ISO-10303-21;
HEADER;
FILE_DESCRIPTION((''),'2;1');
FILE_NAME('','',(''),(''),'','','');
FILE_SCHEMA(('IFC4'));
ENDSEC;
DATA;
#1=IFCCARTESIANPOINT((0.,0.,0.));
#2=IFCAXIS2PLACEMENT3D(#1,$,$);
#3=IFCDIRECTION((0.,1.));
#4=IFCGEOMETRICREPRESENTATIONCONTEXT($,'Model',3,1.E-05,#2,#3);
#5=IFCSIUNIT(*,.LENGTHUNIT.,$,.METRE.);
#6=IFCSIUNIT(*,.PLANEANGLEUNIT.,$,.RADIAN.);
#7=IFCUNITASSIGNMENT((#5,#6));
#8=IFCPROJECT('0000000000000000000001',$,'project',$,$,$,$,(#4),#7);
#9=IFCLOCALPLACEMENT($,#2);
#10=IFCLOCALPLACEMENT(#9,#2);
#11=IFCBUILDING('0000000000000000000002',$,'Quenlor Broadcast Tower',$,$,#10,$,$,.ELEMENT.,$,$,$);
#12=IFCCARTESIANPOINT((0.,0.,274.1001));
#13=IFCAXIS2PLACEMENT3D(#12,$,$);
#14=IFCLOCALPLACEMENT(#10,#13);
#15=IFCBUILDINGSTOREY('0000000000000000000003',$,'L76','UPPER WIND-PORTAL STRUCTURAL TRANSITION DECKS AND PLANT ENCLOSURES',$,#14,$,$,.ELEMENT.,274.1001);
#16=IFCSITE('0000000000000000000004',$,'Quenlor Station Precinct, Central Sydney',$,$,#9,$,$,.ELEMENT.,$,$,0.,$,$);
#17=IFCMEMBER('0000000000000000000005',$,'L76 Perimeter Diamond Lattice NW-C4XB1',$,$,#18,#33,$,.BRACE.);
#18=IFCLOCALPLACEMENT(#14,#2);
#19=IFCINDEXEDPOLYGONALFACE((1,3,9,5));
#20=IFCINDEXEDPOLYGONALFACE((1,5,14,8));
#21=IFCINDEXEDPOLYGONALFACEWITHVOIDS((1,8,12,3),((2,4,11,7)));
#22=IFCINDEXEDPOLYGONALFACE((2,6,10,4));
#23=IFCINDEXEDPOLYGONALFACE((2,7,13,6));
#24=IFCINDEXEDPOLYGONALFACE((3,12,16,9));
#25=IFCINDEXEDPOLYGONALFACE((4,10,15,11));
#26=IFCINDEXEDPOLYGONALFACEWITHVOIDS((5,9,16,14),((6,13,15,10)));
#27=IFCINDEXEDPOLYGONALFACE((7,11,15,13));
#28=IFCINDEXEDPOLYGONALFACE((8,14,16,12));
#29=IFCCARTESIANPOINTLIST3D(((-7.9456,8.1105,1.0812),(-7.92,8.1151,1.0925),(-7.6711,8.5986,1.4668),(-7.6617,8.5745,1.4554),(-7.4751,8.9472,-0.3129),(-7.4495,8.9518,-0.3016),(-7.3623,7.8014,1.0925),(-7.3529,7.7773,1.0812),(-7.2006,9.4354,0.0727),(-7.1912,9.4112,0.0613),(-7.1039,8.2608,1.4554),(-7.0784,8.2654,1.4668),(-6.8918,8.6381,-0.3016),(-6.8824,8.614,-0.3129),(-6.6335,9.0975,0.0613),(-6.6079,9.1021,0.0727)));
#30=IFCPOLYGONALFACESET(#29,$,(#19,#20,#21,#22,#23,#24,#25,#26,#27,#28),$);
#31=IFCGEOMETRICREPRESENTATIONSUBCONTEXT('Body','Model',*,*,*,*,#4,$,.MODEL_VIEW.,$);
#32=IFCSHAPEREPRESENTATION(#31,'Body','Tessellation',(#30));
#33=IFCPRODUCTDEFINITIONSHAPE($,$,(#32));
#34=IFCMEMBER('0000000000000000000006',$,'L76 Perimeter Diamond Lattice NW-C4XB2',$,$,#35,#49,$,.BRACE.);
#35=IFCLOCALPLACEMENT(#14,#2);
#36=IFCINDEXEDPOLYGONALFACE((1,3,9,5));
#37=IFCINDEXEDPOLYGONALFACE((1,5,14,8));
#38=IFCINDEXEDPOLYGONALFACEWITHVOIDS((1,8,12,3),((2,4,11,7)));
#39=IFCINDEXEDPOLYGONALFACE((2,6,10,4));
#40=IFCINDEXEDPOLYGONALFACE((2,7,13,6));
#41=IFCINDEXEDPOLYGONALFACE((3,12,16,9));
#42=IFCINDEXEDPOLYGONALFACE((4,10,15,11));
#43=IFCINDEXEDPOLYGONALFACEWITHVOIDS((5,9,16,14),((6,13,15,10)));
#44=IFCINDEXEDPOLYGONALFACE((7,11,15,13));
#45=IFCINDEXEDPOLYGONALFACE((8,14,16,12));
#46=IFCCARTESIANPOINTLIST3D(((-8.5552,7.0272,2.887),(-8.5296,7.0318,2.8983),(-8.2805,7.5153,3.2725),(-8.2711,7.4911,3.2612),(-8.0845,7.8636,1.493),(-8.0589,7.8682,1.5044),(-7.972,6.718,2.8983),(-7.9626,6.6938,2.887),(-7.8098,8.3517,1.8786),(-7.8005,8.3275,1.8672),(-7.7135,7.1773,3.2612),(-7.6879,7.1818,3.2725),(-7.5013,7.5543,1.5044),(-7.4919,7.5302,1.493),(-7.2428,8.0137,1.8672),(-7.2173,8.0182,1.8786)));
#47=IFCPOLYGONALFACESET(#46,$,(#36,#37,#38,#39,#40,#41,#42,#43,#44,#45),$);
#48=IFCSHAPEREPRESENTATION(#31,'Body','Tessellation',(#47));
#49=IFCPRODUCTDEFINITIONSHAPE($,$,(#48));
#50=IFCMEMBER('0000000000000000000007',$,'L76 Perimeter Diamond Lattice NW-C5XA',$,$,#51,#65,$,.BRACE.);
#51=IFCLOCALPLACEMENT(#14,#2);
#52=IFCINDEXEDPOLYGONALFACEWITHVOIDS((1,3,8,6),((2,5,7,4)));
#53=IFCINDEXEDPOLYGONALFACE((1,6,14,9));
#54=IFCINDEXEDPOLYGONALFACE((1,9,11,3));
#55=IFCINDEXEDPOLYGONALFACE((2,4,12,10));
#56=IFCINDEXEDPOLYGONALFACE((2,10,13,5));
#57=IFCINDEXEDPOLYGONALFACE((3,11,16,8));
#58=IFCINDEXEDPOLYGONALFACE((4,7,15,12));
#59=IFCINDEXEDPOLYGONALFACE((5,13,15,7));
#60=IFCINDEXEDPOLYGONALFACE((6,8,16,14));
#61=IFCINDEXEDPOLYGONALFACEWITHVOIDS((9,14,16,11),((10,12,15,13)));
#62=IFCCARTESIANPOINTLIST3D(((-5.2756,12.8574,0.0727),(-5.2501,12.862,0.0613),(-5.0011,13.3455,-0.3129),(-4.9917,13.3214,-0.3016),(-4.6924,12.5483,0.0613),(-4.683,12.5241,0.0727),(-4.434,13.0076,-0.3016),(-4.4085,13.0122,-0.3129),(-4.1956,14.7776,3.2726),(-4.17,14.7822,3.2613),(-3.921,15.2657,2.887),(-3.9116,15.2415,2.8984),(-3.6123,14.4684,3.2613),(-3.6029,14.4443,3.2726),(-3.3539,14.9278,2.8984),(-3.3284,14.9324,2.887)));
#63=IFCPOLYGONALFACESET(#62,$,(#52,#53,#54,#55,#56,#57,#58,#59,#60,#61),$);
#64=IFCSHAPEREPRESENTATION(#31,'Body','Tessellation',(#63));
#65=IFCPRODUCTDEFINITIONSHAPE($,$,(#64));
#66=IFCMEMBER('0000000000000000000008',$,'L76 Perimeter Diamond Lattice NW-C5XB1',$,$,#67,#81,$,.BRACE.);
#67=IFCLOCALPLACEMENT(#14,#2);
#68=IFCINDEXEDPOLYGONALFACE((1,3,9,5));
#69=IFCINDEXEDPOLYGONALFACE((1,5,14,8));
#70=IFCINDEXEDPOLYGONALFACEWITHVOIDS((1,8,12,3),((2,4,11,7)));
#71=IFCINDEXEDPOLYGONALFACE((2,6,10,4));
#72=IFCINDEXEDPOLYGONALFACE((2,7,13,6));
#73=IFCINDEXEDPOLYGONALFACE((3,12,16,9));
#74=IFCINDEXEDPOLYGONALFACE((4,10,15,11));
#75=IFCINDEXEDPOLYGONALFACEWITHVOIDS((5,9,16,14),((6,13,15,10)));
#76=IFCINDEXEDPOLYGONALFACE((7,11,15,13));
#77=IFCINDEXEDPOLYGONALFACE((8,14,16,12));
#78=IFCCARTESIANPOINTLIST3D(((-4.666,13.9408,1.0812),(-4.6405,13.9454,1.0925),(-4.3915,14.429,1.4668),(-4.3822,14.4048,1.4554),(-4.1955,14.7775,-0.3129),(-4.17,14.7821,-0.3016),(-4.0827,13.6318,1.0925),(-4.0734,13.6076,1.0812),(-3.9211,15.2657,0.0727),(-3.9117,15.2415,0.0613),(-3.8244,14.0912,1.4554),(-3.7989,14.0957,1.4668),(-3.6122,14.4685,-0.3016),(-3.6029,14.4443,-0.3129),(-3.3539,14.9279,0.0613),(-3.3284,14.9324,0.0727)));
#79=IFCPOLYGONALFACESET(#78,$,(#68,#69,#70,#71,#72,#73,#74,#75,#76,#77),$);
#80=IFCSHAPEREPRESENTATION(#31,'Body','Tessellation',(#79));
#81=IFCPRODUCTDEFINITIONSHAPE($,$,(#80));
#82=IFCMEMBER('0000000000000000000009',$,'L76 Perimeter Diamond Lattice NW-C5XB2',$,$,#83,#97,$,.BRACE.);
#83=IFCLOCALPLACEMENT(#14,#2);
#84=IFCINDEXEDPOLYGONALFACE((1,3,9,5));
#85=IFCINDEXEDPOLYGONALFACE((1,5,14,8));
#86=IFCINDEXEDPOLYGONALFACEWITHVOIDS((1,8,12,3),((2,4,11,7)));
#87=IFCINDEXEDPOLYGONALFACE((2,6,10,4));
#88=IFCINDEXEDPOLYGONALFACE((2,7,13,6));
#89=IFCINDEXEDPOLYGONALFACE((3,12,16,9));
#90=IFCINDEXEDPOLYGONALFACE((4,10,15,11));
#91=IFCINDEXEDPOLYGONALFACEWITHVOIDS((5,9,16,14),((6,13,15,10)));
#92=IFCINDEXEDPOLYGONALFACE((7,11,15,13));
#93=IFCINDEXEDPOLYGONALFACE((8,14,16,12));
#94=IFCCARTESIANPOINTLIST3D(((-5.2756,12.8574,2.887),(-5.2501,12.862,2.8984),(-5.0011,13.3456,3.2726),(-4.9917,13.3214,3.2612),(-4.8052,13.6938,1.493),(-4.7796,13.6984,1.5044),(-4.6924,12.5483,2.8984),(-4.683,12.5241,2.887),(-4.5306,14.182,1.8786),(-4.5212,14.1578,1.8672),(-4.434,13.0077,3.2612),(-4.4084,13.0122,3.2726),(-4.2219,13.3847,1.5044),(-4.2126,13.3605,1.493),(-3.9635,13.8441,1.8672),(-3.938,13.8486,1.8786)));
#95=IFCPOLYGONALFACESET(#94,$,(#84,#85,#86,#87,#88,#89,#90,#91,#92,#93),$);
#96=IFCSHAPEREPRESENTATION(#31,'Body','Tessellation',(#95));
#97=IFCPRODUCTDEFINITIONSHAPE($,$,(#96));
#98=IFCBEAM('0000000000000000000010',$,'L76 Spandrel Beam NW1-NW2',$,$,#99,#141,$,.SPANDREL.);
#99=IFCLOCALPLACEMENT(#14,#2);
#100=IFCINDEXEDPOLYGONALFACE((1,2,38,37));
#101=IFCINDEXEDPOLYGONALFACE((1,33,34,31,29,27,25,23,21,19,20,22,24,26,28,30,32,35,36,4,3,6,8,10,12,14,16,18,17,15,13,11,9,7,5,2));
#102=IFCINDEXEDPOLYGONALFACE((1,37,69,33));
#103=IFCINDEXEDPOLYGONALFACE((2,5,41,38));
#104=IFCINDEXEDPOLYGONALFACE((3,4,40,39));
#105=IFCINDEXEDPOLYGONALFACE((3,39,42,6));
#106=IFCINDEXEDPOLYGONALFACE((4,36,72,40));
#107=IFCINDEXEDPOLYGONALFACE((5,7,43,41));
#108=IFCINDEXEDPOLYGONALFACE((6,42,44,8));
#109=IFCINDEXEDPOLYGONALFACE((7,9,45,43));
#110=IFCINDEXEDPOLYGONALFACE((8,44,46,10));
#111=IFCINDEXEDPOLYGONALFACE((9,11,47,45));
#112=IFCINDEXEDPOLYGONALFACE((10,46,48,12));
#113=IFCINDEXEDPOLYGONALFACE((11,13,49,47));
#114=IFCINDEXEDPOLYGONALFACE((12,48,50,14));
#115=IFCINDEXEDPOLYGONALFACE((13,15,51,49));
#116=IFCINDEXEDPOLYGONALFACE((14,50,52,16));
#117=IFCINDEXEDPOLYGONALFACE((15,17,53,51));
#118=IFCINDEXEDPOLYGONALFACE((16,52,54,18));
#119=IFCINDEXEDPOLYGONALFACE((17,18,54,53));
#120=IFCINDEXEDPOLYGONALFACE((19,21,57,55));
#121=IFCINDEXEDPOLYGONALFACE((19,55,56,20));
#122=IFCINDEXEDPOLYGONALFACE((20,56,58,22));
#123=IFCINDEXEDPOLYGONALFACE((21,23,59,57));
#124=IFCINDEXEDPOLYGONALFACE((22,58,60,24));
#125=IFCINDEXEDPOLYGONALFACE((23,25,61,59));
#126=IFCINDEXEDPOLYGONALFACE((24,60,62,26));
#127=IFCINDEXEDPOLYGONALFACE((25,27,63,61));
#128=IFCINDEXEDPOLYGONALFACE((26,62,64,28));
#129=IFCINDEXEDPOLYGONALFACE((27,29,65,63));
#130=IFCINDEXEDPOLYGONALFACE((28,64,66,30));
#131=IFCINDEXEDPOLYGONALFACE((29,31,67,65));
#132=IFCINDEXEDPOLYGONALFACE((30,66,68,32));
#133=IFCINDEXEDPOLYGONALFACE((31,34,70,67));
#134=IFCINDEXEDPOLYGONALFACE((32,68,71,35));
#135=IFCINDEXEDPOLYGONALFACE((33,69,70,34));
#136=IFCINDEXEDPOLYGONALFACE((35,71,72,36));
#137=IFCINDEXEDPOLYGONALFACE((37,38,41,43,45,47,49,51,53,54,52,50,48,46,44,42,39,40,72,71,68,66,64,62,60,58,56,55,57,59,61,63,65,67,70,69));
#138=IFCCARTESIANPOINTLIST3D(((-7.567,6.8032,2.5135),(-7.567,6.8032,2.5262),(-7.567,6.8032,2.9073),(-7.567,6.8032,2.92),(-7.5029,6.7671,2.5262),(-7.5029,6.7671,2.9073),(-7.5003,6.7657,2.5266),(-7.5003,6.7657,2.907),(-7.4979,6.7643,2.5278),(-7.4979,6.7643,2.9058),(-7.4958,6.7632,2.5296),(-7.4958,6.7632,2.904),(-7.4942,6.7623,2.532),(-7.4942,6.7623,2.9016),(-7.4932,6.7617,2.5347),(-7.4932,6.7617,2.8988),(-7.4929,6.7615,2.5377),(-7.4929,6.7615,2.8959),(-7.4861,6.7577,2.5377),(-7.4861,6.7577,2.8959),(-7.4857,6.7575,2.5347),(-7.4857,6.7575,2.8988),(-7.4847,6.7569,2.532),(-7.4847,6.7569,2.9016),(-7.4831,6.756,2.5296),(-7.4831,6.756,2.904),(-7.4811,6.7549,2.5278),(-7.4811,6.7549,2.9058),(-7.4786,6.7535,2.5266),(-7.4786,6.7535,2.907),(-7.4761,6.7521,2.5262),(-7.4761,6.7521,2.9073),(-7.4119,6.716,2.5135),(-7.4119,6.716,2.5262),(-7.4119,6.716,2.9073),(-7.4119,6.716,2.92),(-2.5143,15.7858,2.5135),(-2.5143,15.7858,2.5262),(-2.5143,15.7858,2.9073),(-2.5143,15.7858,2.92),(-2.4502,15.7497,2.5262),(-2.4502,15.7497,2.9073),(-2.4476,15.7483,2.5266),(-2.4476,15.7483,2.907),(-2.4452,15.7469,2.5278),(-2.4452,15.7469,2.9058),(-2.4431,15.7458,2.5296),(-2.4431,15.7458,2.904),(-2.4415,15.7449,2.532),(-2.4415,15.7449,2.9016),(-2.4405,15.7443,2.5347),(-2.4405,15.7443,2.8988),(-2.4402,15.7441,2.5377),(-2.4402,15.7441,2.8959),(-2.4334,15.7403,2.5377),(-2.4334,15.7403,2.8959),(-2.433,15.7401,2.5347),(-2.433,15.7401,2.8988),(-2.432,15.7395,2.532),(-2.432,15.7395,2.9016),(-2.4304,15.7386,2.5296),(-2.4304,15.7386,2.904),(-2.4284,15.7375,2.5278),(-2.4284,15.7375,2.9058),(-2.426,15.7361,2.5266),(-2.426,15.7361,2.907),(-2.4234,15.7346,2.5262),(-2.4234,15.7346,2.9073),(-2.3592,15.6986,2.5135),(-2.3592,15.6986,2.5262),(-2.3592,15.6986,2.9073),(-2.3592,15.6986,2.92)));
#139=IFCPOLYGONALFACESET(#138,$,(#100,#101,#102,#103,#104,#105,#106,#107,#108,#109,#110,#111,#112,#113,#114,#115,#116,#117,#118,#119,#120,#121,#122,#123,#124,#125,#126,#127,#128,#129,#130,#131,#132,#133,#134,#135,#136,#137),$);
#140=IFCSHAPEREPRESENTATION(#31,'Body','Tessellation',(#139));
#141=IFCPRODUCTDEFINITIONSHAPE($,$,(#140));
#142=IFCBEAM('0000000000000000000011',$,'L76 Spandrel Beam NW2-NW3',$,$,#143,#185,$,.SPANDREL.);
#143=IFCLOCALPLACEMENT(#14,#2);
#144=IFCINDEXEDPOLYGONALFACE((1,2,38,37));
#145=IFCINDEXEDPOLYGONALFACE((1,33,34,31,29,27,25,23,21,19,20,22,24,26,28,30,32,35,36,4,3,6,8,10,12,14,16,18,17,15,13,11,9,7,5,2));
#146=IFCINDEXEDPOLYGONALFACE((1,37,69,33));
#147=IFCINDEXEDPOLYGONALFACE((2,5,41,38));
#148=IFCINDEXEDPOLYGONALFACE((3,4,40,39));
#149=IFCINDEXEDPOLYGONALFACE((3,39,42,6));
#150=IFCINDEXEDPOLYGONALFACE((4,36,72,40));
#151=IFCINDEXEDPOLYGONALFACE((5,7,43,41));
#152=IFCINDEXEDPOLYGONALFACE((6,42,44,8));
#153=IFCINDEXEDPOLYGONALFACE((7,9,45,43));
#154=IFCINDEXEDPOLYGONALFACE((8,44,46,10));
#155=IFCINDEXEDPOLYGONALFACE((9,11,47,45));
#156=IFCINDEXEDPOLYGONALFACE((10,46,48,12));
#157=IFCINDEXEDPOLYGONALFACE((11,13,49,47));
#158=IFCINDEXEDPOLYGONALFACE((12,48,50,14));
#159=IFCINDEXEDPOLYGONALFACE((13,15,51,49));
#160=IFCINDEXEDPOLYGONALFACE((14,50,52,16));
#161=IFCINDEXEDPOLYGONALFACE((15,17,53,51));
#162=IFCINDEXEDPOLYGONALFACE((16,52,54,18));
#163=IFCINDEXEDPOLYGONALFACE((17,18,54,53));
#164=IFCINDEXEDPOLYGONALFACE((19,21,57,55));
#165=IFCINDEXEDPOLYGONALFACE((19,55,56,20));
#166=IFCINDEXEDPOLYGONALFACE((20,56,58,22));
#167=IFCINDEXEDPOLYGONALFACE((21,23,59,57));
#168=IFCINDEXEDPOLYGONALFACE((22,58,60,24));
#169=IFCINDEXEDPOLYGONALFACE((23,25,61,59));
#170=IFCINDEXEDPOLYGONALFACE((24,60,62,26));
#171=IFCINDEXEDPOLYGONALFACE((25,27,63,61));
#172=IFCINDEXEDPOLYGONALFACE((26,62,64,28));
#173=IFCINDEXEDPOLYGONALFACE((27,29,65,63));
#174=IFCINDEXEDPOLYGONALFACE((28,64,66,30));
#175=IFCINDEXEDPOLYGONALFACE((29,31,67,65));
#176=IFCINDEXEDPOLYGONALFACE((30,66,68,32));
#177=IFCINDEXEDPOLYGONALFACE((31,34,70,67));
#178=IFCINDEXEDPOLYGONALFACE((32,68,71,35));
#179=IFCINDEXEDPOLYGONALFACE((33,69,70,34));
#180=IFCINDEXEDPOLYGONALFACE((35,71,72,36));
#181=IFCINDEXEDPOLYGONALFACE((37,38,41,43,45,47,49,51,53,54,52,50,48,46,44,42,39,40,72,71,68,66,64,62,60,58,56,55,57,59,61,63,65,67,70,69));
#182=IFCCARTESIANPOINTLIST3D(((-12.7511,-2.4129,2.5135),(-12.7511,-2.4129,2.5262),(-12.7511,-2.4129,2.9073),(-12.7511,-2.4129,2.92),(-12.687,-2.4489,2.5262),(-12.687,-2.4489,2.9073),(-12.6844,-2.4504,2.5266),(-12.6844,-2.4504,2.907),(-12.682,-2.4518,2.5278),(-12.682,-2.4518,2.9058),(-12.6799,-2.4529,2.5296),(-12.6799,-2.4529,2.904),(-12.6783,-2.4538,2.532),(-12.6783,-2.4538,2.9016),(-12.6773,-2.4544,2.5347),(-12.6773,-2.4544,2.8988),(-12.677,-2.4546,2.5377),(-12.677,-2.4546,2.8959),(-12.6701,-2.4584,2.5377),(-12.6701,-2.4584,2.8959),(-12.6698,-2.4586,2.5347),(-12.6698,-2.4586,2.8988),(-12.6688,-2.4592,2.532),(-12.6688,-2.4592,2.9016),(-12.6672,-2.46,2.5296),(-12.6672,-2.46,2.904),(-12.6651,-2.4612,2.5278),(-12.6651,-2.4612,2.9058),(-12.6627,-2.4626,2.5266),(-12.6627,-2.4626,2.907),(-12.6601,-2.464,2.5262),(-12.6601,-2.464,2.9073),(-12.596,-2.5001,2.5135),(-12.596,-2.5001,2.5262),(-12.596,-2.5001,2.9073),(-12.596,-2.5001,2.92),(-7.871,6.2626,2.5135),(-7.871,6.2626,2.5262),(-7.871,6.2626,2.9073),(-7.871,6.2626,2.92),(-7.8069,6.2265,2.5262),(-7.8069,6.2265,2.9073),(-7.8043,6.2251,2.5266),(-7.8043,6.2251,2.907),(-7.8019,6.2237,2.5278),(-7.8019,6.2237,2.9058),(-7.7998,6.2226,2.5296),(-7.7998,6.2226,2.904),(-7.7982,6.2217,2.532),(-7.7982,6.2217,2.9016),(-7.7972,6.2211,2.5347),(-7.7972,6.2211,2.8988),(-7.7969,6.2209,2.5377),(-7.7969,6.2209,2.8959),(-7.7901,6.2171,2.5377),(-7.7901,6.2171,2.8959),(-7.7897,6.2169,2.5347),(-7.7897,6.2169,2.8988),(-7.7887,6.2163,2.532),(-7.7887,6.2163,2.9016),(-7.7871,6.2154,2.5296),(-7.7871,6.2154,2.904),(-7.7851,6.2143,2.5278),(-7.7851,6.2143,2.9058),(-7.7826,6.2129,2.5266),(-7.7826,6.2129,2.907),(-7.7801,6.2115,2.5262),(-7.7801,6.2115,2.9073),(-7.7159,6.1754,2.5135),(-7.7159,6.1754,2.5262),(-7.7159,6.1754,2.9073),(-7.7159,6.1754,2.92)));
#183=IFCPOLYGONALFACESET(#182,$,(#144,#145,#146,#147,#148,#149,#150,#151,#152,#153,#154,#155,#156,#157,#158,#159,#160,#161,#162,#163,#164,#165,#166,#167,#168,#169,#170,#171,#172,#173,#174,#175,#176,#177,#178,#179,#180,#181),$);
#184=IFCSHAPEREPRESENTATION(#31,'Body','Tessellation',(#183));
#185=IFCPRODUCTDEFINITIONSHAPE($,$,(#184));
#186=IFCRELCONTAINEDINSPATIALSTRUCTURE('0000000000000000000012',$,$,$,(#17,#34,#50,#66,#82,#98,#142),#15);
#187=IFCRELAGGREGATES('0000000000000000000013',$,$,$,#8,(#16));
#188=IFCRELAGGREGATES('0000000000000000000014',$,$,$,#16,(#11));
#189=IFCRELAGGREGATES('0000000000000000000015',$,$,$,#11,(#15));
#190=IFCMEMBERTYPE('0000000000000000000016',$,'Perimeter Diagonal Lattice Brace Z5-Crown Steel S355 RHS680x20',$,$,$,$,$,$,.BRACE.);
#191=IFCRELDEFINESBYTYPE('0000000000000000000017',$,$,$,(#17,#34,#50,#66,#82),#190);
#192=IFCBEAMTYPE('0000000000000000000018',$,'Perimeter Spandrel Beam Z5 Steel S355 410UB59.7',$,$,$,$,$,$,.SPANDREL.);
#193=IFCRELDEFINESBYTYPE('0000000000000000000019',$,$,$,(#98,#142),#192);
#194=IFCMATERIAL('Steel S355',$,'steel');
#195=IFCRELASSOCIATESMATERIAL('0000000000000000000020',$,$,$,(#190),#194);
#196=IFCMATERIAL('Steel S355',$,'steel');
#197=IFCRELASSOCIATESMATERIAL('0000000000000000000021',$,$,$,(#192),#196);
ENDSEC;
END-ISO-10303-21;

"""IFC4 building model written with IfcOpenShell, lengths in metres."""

from ifc_helpers import new_model, si_unit, direction, frame, origin, origin_2d, place, context, subcontext, project, spatial, hollow_rectangle, i_section, extrude, material, material_profile, profile_set, type_object, element, save


model = new_model("IFC4")

# Units and contexts
model_context = context("Model", 3, precision=1e-05, world=origin(), true_north=direction((0.0, 1.0)))
body_context = subcontext(model_context, "Body", "Model", "MODEL_VIEW")
ifc_project = project(units=[si_unit("LENGTHUNIT", "METRE"), si_unit("PLANEANGLEUNIT", "RADIAN")], contexts=[model_context])

# Site, building, storey
site_placement = place(None, origin())
site = spatial("IfcSite", under=ifc_project, at=site_placement, Name="Quenlor Station Precinct, Central Sydney", CompositionType="ELEMENT", RefElevation=0.0)
building_placement = place(site_placement, origin())
building = spatial("IfcBuilding", under=site, at=building_placement, Name="Quenlor Broadcast Tower", CompositionType="ELEMENT")
storey_placement = place(building_placement, frame((0.0, 0.0, 274.1001)))
storey = spatial("IfcBuildingStorey", under=building, at=storey_placement, Name="L76", Description="UPPER WIND-PORTAL STRUCTURAL TRANSITION DECKS AND PLANT ENCLOSURES", CompositionType="ELEMENT", Elevation=274.1001)

# Members
ifc_material_1 = material(Name="Steel S355", Category="steel")
ifc_material_profile_1 = material_profile(ifc_material_1, hollow_rectangle(XDim=0.6799, YDim=0.6799, WallThickness=0.02, at=origin_2d()))
ifc_profile_set_1 = profile_set([ifc_material_profile_1], Name="Steel S355 RHS680x680x20")
member_type_1 = type_object("IfcMemberType", Name="Perimeter Diagonal Lattice Brace Z5-Crown Steel S355 RHS680x20", PredefinedType="BRACE", material=ifc_profile_set_1)
member_1_placement = place(storey_placement, frame((-7.0415, 9.0247, -0.1201), z_axis=(-0.27796, -0.494327, 0.823638), x_axis=(0.87165, -0.490128, 0.0)))
element("IfcMember", 1, at=member_1_placement, inside=storey, type_object=member_type_1, Name="L76 Perimeter Diamond Lattice NW-C4XB1", PredefinedType="BRACE", context=body_context, shape_type="SweptSolid", body=[
    extrude(hollow_rectangle(XDim=0.6799, YDim=0.6799, WallThickness=0.02, at=origin_2d()), origin(), (0.0, 0.0, 1.0), 1.6926),
])
member_2_placement = place(storey_placement, frame((-7.6509, 7.9409, 1.6858), z_axis=(-0.278113, -0.494198, 0.823664), x_axis=(0.87148, -0.49043, 0.0)))
element("IfcMember", 2, at=member_2_placement, inside=storey, type_object=member_type_1, Name="L76 Perimeter Diamond Lattice NW-C4XB2", PredefinedType="BRACE", context=body_context, shape_type="SweptSolid", body=[
    extrude(hollow_rectangle(XDim=0.6799, YDim=0.6799, WallThickness=0.02, at=origin_2d()), origin(), (0.0, 0.0, 1.0), 1.6924),
])
member_3_placement = place(storey_placement, frame((-4.842, 12.9348, -0.1201), z_axis=(0.278012, 0.49425, 0.823666), x_axis=(-0.871578, 0.490256, 0.0)))
element("IfcMember", 3, at=member_3_placement, inside=storey, type_object=member_type_1, Name="L76 Perimeter Diamond Lattice NW-C5XA", PredefinedType="BRACE", context=body_context, shape_type="SweptSolid", body=[
    extrude(hollow_rectangle(XDim=0.6799, YDim=0.6799, WallThickness=0.02, at=origin_2d()), origin(), (0.0, 0.0, 1.0), 3.885),
])
member_4_placement = place(storey_placement, frame((-3.762, 14.855, -0.1201), z_axis=(-0.27796, -0.494327, 0.823638), x_axis=(0.87165, -0.490128, 0.0)))
element("IfcMember", 4, at=member_4_placement, inside=storey, type_object=member_type_1, Name="L76 Perimeter Diamond Lattice NW-C5XB1", PredefinedType="BRACE", context=body_context, shape_type="SweptSolid", body=[
    extrude(hollow_rectangle(XDim=0.6799, YDim=0.6799, WallThickness=0.02, at=origin_2d()), origin(), (0.0, 0.0, 1.0), 1.6926),
])
member_5_placement = place(storey_placement, frame((-4.3716, 13.7712, 1.6858), z_axis=(-0.27798, -0.494218, 0.823697), x_axis=(0.871589, -0.490237, 0.0)))
element("IfcMember", 5, at=member_5_placement, inside=storey, type_object=member_type_1, Name="L76 Perimeter Diamond Lattice NW-C5XB2", PredefinedType="BRACE", context=body_context, shape_type="SweptSolid", body=[
    extrude(hollow_rectangle(XDim=0.6799, YDim=0.6799, WallThickness=0.02, at=origin_2d()), origin(), (0.0, 0.0, 1.0), 1.6924),
])

# Beams
ifc_material_2 = material(Name="Steel S355", Category="steel")
ifc_material_profile_2 = material_profile(ifc_material_2, i_section(OverallWidth=0.178, OverallDepth=0.4065, WebThickness=0.0078, FlangeThickness=0.0127, FilletRadius=0.0115, at=origin_2d()))
ifc_profile_set_2 = profile_set([ifc_material_profile_2], Name="Steel S355 410UB59.7")
beam_type_1 = type_object("IfcBeamType", Name="Perimeter Spandrel Beam Z5 Steel S355 410UB59.7", PredefinedType="SPANDREL", material=ifc_profile_set_2)
beam_1_placement = place(storey_placement, frame((-2.4368, 15.7422, 2.7168), z_axis=(-0.49026, -0.871576, 0.0), x_axis=(0.871576, -0.49026, 0.0)))
element("IfcBeam", 6, at=beam_1_placement, inside=storey, type_object=beam_type_1, Name="L76 Spandrel Beam NW1-NW2", PredefinedType="SPANDREL", context=body_context, shape_type="SweptSolid", body=[
    extrude(i_section(OverallWidth=0.178, OverallDepth=0.4065, WebThickness=0.0078, FlangeThickness=0.0127, FilletRadius=0.0115, at=origin_2d()), origin(), (0.0, 0.0, 1.0), 10.3062),
])
beam_2_placement = place(storey_placement, frame((-7.7935, 6.219, 2.7168), z_axis=(-0.490272, -0.87157, 0.0), x_axis=(0.87157, -0.490272, 0.0)))
element("IfcBeam", 7, at=beam_2_placement, inside=storey, type_object=beam_type_1, Name="L76 Spandrel Beam NW2-NW3", PredefinedType="SPANDREL", context=body_context, shape_type="SweptSolid", body=[
    extrude(i_section(OverallWidth=0.178, OverallDepth=0.4065, WebThickness=0.0078, FlangeThickness=0.0127, FilletRadius=0.0115, at=origin_2d()), origin(), (0.0, 0.0, 1.0), 9.9539),
])

save(model, "model.ifc")
